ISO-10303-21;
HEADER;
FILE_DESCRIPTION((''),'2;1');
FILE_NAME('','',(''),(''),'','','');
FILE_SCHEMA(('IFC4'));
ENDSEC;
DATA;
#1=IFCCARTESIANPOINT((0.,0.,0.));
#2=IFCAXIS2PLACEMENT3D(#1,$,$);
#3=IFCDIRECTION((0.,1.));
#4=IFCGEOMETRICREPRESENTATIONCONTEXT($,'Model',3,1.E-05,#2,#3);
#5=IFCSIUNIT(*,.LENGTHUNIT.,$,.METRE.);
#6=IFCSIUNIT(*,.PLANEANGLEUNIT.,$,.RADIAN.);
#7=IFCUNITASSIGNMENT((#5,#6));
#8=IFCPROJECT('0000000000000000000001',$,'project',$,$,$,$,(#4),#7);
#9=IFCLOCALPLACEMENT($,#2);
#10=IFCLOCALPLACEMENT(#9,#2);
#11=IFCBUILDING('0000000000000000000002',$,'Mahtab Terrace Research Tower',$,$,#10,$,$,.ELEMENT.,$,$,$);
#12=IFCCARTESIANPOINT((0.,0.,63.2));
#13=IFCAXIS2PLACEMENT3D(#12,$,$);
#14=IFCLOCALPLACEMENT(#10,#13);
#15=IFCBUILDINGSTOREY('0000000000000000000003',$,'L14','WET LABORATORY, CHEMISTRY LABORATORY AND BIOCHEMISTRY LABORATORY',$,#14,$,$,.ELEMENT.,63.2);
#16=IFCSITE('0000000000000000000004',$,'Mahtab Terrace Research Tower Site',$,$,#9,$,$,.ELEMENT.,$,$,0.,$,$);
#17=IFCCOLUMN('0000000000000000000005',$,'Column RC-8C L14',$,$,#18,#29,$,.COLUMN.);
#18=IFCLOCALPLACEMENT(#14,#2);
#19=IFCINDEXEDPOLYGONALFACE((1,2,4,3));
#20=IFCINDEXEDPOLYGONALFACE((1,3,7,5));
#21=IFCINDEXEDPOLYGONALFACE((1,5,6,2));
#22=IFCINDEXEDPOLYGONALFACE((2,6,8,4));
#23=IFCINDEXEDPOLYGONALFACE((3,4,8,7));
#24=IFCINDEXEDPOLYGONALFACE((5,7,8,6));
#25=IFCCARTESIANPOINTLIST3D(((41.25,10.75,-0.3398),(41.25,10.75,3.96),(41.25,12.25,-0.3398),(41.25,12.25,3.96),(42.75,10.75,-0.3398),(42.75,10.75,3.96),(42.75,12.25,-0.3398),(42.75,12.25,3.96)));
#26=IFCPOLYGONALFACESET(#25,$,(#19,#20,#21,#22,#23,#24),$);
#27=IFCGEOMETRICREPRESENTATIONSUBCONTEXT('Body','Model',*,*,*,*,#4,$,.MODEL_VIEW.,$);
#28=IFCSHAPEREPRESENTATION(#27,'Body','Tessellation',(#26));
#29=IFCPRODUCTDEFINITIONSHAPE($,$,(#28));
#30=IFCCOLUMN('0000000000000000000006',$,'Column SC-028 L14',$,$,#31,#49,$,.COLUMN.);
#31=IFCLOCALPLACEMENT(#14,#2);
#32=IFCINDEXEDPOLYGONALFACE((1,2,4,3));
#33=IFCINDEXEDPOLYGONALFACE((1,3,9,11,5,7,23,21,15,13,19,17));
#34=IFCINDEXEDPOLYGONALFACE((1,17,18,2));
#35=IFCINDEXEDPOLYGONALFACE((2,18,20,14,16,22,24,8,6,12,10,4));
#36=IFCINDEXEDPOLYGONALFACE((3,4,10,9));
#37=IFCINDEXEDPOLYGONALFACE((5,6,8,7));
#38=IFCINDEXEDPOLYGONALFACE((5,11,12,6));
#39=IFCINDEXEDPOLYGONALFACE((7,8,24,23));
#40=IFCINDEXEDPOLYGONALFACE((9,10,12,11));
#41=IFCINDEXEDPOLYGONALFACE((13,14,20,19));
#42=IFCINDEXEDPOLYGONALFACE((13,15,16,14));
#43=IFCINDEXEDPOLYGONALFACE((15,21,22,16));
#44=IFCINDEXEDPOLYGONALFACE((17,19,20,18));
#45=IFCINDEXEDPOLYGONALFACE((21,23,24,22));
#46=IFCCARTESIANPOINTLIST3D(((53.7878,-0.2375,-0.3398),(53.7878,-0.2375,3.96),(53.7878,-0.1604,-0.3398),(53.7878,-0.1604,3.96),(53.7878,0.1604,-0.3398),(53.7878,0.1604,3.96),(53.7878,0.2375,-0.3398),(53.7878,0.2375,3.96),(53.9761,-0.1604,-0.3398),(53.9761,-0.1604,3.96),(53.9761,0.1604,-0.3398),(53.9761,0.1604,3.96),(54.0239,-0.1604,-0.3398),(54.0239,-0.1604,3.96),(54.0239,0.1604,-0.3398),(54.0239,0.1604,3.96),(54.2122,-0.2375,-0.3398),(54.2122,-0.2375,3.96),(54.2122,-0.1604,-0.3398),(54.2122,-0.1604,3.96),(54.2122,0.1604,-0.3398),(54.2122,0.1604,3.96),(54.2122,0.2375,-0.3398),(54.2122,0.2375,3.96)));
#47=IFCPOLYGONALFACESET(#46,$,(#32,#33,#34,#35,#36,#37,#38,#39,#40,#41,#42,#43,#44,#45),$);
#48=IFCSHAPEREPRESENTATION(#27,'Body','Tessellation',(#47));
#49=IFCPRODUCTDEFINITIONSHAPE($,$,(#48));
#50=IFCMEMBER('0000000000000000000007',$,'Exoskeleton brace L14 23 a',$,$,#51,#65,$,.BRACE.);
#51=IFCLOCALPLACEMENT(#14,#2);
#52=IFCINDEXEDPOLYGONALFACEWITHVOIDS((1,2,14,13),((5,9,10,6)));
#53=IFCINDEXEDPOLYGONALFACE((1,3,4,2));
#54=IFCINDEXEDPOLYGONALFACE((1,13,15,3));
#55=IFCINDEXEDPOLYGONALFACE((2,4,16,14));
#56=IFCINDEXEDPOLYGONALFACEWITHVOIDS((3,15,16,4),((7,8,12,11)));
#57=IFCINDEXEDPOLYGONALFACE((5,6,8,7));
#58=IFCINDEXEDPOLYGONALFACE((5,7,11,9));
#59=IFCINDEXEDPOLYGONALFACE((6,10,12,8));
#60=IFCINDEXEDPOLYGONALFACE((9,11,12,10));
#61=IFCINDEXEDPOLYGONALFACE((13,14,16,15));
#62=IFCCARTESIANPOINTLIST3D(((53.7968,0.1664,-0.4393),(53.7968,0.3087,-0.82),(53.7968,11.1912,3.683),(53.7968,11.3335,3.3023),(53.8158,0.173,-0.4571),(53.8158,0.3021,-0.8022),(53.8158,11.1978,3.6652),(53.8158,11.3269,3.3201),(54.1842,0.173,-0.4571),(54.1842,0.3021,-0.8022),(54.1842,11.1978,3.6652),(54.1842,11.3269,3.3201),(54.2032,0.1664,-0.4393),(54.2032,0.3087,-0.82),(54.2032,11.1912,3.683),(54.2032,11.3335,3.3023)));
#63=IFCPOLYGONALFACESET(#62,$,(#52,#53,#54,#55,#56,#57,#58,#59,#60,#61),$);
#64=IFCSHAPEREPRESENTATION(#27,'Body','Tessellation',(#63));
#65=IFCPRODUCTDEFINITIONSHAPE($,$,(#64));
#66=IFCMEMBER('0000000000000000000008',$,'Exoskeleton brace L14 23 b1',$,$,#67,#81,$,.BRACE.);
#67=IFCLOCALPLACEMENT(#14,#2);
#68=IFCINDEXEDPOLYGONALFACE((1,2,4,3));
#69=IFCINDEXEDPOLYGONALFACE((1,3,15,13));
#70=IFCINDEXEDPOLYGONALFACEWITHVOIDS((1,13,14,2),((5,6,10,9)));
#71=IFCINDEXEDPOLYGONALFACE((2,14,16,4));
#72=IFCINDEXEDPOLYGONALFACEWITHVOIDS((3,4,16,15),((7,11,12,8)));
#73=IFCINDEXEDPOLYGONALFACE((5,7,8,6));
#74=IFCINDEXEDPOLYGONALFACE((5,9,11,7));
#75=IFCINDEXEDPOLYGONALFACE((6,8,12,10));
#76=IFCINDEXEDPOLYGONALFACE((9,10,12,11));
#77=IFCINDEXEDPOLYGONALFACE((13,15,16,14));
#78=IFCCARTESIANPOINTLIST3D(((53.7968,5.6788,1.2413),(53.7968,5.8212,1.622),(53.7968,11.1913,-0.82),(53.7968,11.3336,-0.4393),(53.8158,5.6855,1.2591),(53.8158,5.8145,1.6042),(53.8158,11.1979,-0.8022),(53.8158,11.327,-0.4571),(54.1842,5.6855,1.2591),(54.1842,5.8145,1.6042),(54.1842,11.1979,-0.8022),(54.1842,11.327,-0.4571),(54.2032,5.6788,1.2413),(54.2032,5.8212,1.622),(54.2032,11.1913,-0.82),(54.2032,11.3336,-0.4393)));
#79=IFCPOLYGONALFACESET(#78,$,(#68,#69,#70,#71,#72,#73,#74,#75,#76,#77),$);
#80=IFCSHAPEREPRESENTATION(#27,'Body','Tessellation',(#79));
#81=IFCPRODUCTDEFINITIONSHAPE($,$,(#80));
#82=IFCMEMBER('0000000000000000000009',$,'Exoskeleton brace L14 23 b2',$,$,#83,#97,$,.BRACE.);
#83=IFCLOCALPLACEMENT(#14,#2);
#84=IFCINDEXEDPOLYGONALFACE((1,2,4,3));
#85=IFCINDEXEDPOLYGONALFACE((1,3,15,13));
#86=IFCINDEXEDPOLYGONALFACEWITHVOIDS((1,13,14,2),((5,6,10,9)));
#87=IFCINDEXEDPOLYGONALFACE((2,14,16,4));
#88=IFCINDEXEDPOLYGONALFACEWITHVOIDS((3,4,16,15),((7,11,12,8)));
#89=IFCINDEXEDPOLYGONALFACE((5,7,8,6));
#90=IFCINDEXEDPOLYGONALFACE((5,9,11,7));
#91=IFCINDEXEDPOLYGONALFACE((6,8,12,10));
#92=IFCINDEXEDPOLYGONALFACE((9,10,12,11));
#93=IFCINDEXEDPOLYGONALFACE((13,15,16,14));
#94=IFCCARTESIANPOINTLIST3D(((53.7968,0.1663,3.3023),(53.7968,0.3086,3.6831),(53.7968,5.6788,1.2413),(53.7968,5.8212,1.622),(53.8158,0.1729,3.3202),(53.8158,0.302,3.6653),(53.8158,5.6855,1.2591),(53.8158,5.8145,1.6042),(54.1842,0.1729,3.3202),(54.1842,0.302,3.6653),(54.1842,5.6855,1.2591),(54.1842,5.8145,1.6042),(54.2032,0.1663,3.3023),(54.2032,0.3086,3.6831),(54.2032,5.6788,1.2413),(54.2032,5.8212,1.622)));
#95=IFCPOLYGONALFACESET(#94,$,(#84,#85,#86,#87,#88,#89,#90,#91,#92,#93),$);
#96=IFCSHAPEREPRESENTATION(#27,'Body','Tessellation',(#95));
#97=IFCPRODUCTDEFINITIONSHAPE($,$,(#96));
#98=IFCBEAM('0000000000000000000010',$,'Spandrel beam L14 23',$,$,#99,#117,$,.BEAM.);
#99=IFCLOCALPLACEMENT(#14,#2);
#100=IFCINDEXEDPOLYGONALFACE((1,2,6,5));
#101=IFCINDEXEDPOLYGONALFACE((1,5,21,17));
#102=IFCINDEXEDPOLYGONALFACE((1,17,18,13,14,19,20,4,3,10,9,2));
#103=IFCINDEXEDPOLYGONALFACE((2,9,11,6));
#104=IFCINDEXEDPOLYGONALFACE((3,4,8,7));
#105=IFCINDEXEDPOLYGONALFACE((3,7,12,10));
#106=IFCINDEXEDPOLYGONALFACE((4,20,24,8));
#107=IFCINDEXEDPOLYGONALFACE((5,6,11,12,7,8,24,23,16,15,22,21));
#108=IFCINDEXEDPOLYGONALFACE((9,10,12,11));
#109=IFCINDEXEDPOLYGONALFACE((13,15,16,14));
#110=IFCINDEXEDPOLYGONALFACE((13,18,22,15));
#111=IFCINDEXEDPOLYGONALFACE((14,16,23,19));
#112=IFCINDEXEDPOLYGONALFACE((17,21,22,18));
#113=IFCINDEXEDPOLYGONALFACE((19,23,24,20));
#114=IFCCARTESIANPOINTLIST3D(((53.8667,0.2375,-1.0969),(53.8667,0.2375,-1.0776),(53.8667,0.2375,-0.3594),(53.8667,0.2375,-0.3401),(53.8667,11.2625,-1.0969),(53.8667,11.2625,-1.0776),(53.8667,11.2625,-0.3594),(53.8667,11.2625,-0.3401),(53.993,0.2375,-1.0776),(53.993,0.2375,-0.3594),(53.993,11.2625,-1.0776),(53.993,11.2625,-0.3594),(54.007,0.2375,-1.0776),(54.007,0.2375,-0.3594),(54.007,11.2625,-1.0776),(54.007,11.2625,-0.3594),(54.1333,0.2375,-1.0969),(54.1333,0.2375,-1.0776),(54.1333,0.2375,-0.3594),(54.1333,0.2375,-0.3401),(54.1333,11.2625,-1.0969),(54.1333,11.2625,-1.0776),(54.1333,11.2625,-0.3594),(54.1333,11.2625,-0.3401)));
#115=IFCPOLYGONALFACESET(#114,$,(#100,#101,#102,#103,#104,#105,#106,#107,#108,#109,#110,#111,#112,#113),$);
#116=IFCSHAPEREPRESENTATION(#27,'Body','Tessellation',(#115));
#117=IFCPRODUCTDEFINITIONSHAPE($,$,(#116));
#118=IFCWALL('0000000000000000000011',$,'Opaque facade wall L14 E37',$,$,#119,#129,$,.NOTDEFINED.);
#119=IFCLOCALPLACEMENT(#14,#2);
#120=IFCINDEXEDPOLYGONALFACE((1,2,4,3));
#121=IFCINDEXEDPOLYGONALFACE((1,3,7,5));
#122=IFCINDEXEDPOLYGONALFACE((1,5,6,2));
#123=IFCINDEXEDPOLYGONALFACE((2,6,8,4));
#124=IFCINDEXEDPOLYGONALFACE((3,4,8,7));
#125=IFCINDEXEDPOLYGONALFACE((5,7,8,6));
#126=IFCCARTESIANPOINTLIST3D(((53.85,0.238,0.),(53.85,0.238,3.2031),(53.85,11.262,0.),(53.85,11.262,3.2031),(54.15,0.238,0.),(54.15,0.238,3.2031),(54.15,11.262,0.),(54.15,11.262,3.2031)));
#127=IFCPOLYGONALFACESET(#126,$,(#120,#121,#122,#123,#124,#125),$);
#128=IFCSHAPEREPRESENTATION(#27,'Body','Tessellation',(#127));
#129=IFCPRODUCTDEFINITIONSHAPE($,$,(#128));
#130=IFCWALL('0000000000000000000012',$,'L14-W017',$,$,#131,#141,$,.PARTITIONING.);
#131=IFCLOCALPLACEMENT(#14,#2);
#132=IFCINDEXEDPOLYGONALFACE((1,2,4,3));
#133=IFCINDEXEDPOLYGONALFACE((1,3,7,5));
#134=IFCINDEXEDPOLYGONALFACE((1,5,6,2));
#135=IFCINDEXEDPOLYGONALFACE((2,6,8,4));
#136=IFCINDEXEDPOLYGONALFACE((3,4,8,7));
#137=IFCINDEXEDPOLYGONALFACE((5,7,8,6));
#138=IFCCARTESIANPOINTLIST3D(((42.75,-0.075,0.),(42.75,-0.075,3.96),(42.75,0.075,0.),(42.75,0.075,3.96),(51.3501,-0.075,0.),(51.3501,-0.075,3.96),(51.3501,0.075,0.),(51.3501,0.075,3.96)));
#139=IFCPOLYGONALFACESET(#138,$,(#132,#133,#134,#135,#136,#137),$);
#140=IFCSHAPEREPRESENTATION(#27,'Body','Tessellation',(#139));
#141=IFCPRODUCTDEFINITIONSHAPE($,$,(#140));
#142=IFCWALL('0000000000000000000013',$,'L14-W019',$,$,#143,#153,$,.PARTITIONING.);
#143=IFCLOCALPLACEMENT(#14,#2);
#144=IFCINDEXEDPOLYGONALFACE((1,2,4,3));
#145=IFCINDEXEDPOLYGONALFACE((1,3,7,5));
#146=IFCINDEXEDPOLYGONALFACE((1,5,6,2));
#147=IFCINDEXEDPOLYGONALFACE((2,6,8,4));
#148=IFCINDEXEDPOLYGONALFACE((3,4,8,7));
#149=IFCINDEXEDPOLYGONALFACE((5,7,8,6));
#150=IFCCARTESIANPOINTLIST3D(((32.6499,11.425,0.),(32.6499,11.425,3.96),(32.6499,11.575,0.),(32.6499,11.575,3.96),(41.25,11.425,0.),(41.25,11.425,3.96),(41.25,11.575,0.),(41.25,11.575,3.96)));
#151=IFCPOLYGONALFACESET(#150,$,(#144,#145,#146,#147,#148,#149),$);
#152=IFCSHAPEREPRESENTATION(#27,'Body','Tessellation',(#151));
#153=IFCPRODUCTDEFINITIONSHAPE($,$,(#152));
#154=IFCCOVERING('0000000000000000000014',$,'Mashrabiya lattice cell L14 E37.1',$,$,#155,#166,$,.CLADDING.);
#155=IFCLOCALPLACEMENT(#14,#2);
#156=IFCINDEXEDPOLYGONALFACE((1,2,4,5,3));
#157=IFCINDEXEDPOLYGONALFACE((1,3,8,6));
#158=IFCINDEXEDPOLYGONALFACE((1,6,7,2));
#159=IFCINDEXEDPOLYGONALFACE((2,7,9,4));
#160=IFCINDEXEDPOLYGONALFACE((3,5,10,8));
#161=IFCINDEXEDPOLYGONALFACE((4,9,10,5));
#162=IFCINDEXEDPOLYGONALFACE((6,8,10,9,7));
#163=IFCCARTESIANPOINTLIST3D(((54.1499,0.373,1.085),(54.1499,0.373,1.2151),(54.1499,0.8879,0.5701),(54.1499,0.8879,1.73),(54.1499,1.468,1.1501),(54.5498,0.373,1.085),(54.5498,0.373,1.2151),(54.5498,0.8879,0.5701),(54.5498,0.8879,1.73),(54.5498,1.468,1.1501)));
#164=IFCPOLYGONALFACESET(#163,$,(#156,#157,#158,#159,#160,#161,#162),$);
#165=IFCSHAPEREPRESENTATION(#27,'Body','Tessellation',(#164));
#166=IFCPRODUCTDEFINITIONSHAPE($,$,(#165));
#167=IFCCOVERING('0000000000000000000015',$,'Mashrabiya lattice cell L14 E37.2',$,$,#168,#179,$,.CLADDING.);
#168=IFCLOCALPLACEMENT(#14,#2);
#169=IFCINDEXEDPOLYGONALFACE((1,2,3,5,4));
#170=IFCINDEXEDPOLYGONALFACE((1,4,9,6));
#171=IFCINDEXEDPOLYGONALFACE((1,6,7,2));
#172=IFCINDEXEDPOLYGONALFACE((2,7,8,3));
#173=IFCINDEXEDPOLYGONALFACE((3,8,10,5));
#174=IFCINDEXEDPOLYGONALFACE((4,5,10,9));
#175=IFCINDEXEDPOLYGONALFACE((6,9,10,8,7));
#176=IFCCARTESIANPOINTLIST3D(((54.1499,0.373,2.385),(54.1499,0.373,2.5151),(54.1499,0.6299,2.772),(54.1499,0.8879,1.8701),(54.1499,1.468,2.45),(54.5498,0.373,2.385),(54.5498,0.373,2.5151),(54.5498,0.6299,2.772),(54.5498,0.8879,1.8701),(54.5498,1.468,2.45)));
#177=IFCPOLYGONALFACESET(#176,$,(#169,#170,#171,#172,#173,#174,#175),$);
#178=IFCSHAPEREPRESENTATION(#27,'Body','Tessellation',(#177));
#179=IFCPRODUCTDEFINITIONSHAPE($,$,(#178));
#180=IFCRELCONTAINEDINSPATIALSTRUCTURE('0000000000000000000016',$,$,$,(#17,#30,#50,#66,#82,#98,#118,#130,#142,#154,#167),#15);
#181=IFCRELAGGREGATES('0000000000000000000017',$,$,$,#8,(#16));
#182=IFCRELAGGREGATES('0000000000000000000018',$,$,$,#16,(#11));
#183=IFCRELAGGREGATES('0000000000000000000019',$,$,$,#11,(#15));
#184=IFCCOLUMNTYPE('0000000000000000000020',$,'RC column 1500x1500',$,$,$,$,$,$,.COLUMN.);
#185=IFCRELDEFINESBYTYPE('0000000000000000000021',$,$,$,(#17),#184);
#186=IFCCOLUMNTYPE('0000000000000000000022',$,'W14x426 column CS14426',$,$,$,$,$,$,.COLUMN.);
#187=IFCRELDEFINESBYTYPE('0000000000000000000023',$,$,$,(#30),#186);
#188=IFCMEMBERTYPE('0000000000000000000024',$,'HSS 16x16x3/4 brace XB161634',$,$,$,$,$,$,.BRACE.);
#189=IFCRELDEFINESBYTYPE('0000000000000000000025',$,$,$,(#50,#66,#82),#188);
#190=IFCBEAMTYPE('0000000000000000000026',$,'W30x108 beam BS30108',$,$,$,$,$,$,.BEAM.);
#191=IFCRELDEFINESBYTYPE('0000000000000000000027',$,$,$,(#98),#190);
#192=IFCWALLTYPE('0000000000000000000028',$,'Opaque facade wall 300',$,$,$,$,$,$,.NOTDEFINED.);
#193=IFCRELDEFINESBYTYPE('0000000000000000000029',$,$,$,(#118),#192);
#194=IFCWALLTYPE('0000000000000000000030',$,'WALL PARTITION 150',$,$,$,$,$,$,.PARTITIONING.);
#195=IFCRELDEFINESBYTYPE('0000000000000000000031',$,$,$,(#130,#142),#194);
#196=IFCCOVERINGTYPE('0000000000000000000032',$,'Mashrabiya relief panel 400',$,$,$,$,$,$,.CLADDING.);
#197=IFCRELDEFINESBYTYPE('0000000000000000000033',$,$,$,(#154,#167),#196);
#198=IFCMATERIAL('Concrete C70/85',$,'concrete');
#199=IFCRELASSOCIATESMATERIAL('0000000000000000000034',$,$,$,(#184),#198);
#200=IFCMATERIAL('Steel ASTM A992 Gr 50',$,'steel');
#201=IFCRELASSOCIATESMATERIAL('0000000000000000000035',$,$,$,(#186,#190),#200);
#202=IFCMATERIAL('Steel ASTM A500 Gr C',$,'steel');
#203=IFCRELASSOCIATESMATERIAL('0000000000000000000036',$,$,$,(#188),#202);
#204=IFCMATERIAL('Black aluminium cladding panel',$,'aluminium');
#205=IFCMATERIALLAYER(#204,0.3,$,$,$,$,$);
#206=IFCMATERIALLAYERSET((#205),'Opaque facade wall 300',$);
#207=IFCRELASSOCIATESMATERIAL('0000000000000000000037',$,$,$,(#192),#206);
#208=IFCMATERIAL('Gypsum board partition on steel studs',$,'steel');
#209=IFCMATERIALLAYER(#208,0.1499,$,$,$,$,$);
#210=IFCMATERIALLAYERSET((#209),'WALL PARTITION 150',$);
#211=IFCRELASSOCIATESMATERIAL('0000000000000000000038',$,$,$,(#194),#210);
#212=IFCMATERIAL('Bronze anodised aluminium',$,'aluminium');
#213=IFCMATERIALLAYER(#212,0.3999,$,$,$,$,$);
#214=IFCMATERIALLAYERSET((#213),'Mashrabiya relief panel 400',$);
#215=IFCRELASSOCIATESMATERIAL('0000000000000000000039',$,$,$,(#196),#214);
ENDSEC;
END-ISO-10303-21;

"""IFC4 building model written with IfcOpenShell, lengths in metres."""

from ifc_helpers import new_model, si_unit, direction, frame, frame_2d, origin, origin_2d, place, context, subcontext, project, spatial, polyline, rectangle, hollow_rectangle, i_section, outline, extrude, material, layer, layer_set, material_profile, profile_set, type_object, element, save


model = new_model("IFC4")

# Units and contexts
model_context = context("Model", 3, precision=1e-05, world=origin(), true_north=direction((0.0, 1.0)))
body_context = subcontext(model_context, "Body", "Model", "MODEL_VIEW")
ifc_project = project(units=[si_unit("LENGTHUNIT", "METRE"), si_unit("PLANEANGLEUNIT", "RADIAN")], contexts=[model_context])

# Site, building, storey
site_placement = place(None, origin())
site = spatial("IfcSite", under=ifc_project, at=site_placement, Name="Mahtab Terrace Research Tower Site", CompositionType="ELEMENT", RefElevation=0.0)
building_placement = place(site_placement, origin())
building = spatial("IfcBuilding", under=site, at=building_placement, Name="Mahtab Terrace Research Tower", CompositionType="ELEMENT")
storey_placement = place(building_placement, frame((0.0, 0.0, 63.2)))
storey = spatial("IfcBuildingStorey", under=building, at=storey_placement, Name="L14", Description="WET LABORATORY, CHEMISTRY LABORATORY AND BIOCHEMISTRY LABORATORY", CompositionType="ELEMENT", Elevation=63.2)

# Columns
ifc_material_1 = material(Name="Concrete C70/85", Category="concrete")
ifc_material_profile_1 = material_profile(ifc_material_1, rectangle(XDim=1.5, YDim=1.5, at=origin_2d()), Name="RC column 1500x1500")
ifc_profile_set_1 = profile_set([ifc_material_profile_1], Name="Concrete C70/85")
column_type_1 = type_object("IfcColumnType", Name="RC column 1500x1500", PredefinedType="COLUMN", material=ifc_profile_set_1)
column_1_placement = place(storey_placement, frame((42.0, 11.5, -0.3398), z_axis=(0.0, 0.0, 1.0), x_axis=(1.0, 0.0, 0.0)))
element("IfcColumn", 1, at=column_1_placement, inside=storey, type_object=column_type_1, Name="Column RC-8C L14", PredefinedType="COLUMN", context=body_context, shape_type="SweptSolid", body=[
    extrude(rectangle(XDim=1.5, YDim=1.5, at=origin_2d()), origin(), (0.0, 0.0, 1.0), 4.2998),
])
ifc_material_2 = material(Name="Steel ASTM A992 Gr 50", Category="steel")
ifc_material_profile_2 = material_profile(ifc_material_2, i_section(OverallWidth=0.4243, OverallDepth=0.4751, WebThickness=0.0479, FlangeThickness=0.0771, at=origin_2d()), Name="W14X426")
ifc_profile_set_2 = profile_set([ifc_material_profile_2], Name="Steel ASTM A992 Gr 50")
column_type_2 = type_object("IfcColumnType", Name="W14x426 column CS14426", PredefinedType="COLUMN", material=ifc_profile_set_2)
column_2_placement = place(storey_placement, frame((54.0, 0.0, -0.3398), z_axis=(0.0, 0.0, 1.0), x_axis=(1.0, 0.0, 0.0)))
element("IfcColumn", 2, at=column_2_placement, inside=storey, type_object=column_type_2, Name="Column SC-028 L14", PredefinedType="COLUMN", context=body_context, shape_type="SweptSolid", body=[
    extrude(i_section(OverallWidth=0.4243, OverallDepth=0.4751, WebThickness=0.0479, FlangeThickness=0.0771, at=origin_2d()), origin(), (0.0, 0.0, 1.0), 4.2998),
])

# Members
ifc_material_3 = material(Name="Steel ASTM A500 Gr C", Category="steel")
ifc_material_profile_3 = material_profile(ifc_material_3, hollow_rectangle(XDim=0.4065, YDim=0.4065, WallThickness=0.019, at=origin_2d()), Name="HSS16X16X3/4")
ifc_profile_set_3 = profile_set([ifc_material_profile_3], Name="Steel ASTM A500 Gr C")
member_type = type_object("IfcMemberType", Name="HSS 16x16x3/4 brace XB161634", PredefinedType="BRACE", material=ifc_profile_set_3)
member_placement = place(storey_placement, frame((54.0, 0.2375, -0.6296), z_axis=(0.0, 0.936665, 0.350228), x_axis=(-1.0, 0.0, 0.0)))
element("IfcMember", 3, at=member_placement, inside=storey, type_object=member_type, Name="Exoskeleton brace L14 23 a", PredefinedType="BRACE", context=body_context, shape_type="SweptSolid", body=[
    extrude(hollow_rectangle(XDim=0.4065, YDim=0.4065, WallThickness=0.019, at=origin_2d()), origin(), (0.0, 0.0, 1.0), 11.7703),
])
for number, where, z_axis, x_axis, name in (
    (4, (54.0, 11.2625, -0.6296), (0.0, -0.936658, 0.350246), (1.0, 0.0, 0.0), "Exoskeleton brace L14 23 b1"),
    (5, (54.0, 5.75, 1.4316), (0.0, -0.936671, 0.350209), (1.0, 0.0, 0.0), "Exoskeleton brace L14 23 b2"),
):
    element("IfcMember", number, at=place(storey_placement, frame(where, z_axis=z_axis, x_axis=x_axis)), inside=storey, type_object=member_type, Name=name, PredefinedType="BRACE", context=body_context, shape_type="SweptSolid", body=[
        extrude(hollow_rectangle(XDim=0.4065, YDim=0.4065, WallThickness=0.019, at=origin_2d()), origin(), (0.0, 0.0, 1.0), 5.8853),
    ])

# Beam
ifc_material_profile_4 = material_profile(ifc_material_2, i_section(OverallWidth=0.2666, OverallDepth=0.7568, WebThickness=0.0139, FlangeThickness=0.0193, at=origin_2d()), Name="W30X108")
ifc_profile_set_4 = profile_set([ifc_material_profile_4], Name="Steel ASTM A992 Gr 50")
beam_type = type_object("IfcBeamType", Name="W30x108 beam BS30108", PredefinedType="BEAM", material=ifc_profile_set_4)
beam_placement = place(storey_placement, frame((54.0, 0.2375, -0.7185), z_axis=(0.0, 1.0, 0.0), x_axis=(-1.0, 0.0, 0.0)))
element("IfcBeam", 6, at=beam_placement, inside=storey, type_object=beam_type, Name="Spandrel beam L14 23", PredefinedType="BEAM", context=body_context, shape_type="SweptSolid", body=[
    extrude(i_section(OverallWidth=0.2666, OverallDepth=0.7568, WebThickness=0.0139, FlangeThickness=0.0193, at=origin_2d()), origin(), (0.0, 0.0, 1.0), 11.0249),
])

# Walls
ifc_material_4 = material(Name="Black aluminium cladding panel", Category="aluminium")
ifc_layer_1 = layer(ifc_material_4, 0.3)
ifc_layer_set_1 = layer_set([ifc_layer_1], Name="Opaque facade wall 300")
wall_type_1 = type_object("IfcWallType", Name="Opaque facade wall 300", PredefinedType="NOTDEFINED", material=ifc_layer_set_1)
wall_placement = place(storey_placement, frame((54.0, 0.238, 0.0), z_axis=(0.0, 0.0, 1.0), x_axis=(0.0, 1.0, 0.0)))
element("IfcWall", 7, at=wall_placement, inside=storey, type_object=wall_type_1, Name="Opaque facade wall L14 E37", PredefinedType="NOTDEFINED", context=body_context, shape_type="SweptSolid", body=[
    extrude(rectangle(XDim=11.0239, YDim=0.3, at=frame_2d((5.512, 0.0))), origin(), (0.0, 0.0, 1.0), 3.2031),
])
ifc_material_5 = material(Name="Gypsum board partition on steel studs", Category="steel")
ifc_layer_2 = layer(ifc_material_5, 0.1499)
ifc_layer_set_2 = layer_set([ifc_layer_2], Name="WALL PARTITION 150")
wall_type_2 = type_object("IfcWallType", Name="WALL PARTITION 150", PredefinedType="PARTITIONING", material=ifc_layer_set_2)
for number, where, z_axis, x_axis, name in (
    (8, (42.75, 0.0, 0.0), (0.0, 0.0, 1.0), (1.0, 0.0, 0.0), "L14-W017"),
    (9, (32.6499, 11.5, 0.0), (0.0, 0.0, 1.0), (1.0, 0.0, 0.0), "L14-W019"),
):
    element("IfcWall", number, at=place(storey_placement, frame(where, z_axis=z_axis, x_axis=x_axis)), inside=storey, type_object=wall_type_2, Name=name, PredefinedType="PARTITIONING", context=body_context, shape_type="SweptSolid", body=[
        extrude(rectangle(XDim=8.6001, YDim=0.1499, at=frame_2d((4.3, 0.0))), origin(), (0.0, 0.0, 1.0), 3.96),
    ])

# Coverings
ifc_material_6 = material(Name="Bronze anodised aluminium", Category="aluminium")
ifc_layer_3 = layer(ifc_material_6, 0.3999)
ifc_layer_set_3 = layer_set([ifc_layer_3], Name="Mashrabiya relief panel 400")
covering_type = type_object("IfcCoveringType", Name="Mashrabiya relief panel 400", PredefinedType="CLADDING", material=ifc_layer_set_3)
covering_1_placement = place(storey_placement, frame((54.1499, 0.8879, 1.73), z_axis=(-1.0, 0.0, 0.0), x_axis=(0.0, 0.707256, -0.706958)))
element("IfcCovering", 10, at=covering_1_placement, inside=storey, type_object=covering_type, Name="Mashrabiya lattice cell L14 E37.1", PredefinedType="CLADDING", context=body_context, shape_type="SweptSolid", body=[
    extrude(outline(polyline([(0.0, 0.0), (0.8202, 0.0), (0.82, 0.8204), (0.0918, 0.8202), (-0.0002, 0.7282), (0.0, 0.0)])), origin(), (0.0, 0.0, -1.0), 0.3999),
])
covering_2_placement = place(storey_placement, frame((54.1499, 1.468, 2.45), z_axis=(-1.0, 0.0, 0.0), x_axis=(0.0, -0.707256, -0.706958)))
element("IfcCovering", 11, at=covering_2_placement, inside=storey, type_object=covering_type, Name="Mashrabiya lattice cell L14 E37.2", PredefinedType="CLADDING", context=body_context, shape_type="SweptSolid", body=[
    extrude(outline(polyline([(0.0, 0.0), (0.8202, 0.0), (0.8203, 0.7282), (0.7283, 0.8202), (0.3651, 0.8203), (0.0, 0.0)])), origin(), (0.0, 0.0, -1.0), 0.3999),
])

save(model, "model.ifc")
